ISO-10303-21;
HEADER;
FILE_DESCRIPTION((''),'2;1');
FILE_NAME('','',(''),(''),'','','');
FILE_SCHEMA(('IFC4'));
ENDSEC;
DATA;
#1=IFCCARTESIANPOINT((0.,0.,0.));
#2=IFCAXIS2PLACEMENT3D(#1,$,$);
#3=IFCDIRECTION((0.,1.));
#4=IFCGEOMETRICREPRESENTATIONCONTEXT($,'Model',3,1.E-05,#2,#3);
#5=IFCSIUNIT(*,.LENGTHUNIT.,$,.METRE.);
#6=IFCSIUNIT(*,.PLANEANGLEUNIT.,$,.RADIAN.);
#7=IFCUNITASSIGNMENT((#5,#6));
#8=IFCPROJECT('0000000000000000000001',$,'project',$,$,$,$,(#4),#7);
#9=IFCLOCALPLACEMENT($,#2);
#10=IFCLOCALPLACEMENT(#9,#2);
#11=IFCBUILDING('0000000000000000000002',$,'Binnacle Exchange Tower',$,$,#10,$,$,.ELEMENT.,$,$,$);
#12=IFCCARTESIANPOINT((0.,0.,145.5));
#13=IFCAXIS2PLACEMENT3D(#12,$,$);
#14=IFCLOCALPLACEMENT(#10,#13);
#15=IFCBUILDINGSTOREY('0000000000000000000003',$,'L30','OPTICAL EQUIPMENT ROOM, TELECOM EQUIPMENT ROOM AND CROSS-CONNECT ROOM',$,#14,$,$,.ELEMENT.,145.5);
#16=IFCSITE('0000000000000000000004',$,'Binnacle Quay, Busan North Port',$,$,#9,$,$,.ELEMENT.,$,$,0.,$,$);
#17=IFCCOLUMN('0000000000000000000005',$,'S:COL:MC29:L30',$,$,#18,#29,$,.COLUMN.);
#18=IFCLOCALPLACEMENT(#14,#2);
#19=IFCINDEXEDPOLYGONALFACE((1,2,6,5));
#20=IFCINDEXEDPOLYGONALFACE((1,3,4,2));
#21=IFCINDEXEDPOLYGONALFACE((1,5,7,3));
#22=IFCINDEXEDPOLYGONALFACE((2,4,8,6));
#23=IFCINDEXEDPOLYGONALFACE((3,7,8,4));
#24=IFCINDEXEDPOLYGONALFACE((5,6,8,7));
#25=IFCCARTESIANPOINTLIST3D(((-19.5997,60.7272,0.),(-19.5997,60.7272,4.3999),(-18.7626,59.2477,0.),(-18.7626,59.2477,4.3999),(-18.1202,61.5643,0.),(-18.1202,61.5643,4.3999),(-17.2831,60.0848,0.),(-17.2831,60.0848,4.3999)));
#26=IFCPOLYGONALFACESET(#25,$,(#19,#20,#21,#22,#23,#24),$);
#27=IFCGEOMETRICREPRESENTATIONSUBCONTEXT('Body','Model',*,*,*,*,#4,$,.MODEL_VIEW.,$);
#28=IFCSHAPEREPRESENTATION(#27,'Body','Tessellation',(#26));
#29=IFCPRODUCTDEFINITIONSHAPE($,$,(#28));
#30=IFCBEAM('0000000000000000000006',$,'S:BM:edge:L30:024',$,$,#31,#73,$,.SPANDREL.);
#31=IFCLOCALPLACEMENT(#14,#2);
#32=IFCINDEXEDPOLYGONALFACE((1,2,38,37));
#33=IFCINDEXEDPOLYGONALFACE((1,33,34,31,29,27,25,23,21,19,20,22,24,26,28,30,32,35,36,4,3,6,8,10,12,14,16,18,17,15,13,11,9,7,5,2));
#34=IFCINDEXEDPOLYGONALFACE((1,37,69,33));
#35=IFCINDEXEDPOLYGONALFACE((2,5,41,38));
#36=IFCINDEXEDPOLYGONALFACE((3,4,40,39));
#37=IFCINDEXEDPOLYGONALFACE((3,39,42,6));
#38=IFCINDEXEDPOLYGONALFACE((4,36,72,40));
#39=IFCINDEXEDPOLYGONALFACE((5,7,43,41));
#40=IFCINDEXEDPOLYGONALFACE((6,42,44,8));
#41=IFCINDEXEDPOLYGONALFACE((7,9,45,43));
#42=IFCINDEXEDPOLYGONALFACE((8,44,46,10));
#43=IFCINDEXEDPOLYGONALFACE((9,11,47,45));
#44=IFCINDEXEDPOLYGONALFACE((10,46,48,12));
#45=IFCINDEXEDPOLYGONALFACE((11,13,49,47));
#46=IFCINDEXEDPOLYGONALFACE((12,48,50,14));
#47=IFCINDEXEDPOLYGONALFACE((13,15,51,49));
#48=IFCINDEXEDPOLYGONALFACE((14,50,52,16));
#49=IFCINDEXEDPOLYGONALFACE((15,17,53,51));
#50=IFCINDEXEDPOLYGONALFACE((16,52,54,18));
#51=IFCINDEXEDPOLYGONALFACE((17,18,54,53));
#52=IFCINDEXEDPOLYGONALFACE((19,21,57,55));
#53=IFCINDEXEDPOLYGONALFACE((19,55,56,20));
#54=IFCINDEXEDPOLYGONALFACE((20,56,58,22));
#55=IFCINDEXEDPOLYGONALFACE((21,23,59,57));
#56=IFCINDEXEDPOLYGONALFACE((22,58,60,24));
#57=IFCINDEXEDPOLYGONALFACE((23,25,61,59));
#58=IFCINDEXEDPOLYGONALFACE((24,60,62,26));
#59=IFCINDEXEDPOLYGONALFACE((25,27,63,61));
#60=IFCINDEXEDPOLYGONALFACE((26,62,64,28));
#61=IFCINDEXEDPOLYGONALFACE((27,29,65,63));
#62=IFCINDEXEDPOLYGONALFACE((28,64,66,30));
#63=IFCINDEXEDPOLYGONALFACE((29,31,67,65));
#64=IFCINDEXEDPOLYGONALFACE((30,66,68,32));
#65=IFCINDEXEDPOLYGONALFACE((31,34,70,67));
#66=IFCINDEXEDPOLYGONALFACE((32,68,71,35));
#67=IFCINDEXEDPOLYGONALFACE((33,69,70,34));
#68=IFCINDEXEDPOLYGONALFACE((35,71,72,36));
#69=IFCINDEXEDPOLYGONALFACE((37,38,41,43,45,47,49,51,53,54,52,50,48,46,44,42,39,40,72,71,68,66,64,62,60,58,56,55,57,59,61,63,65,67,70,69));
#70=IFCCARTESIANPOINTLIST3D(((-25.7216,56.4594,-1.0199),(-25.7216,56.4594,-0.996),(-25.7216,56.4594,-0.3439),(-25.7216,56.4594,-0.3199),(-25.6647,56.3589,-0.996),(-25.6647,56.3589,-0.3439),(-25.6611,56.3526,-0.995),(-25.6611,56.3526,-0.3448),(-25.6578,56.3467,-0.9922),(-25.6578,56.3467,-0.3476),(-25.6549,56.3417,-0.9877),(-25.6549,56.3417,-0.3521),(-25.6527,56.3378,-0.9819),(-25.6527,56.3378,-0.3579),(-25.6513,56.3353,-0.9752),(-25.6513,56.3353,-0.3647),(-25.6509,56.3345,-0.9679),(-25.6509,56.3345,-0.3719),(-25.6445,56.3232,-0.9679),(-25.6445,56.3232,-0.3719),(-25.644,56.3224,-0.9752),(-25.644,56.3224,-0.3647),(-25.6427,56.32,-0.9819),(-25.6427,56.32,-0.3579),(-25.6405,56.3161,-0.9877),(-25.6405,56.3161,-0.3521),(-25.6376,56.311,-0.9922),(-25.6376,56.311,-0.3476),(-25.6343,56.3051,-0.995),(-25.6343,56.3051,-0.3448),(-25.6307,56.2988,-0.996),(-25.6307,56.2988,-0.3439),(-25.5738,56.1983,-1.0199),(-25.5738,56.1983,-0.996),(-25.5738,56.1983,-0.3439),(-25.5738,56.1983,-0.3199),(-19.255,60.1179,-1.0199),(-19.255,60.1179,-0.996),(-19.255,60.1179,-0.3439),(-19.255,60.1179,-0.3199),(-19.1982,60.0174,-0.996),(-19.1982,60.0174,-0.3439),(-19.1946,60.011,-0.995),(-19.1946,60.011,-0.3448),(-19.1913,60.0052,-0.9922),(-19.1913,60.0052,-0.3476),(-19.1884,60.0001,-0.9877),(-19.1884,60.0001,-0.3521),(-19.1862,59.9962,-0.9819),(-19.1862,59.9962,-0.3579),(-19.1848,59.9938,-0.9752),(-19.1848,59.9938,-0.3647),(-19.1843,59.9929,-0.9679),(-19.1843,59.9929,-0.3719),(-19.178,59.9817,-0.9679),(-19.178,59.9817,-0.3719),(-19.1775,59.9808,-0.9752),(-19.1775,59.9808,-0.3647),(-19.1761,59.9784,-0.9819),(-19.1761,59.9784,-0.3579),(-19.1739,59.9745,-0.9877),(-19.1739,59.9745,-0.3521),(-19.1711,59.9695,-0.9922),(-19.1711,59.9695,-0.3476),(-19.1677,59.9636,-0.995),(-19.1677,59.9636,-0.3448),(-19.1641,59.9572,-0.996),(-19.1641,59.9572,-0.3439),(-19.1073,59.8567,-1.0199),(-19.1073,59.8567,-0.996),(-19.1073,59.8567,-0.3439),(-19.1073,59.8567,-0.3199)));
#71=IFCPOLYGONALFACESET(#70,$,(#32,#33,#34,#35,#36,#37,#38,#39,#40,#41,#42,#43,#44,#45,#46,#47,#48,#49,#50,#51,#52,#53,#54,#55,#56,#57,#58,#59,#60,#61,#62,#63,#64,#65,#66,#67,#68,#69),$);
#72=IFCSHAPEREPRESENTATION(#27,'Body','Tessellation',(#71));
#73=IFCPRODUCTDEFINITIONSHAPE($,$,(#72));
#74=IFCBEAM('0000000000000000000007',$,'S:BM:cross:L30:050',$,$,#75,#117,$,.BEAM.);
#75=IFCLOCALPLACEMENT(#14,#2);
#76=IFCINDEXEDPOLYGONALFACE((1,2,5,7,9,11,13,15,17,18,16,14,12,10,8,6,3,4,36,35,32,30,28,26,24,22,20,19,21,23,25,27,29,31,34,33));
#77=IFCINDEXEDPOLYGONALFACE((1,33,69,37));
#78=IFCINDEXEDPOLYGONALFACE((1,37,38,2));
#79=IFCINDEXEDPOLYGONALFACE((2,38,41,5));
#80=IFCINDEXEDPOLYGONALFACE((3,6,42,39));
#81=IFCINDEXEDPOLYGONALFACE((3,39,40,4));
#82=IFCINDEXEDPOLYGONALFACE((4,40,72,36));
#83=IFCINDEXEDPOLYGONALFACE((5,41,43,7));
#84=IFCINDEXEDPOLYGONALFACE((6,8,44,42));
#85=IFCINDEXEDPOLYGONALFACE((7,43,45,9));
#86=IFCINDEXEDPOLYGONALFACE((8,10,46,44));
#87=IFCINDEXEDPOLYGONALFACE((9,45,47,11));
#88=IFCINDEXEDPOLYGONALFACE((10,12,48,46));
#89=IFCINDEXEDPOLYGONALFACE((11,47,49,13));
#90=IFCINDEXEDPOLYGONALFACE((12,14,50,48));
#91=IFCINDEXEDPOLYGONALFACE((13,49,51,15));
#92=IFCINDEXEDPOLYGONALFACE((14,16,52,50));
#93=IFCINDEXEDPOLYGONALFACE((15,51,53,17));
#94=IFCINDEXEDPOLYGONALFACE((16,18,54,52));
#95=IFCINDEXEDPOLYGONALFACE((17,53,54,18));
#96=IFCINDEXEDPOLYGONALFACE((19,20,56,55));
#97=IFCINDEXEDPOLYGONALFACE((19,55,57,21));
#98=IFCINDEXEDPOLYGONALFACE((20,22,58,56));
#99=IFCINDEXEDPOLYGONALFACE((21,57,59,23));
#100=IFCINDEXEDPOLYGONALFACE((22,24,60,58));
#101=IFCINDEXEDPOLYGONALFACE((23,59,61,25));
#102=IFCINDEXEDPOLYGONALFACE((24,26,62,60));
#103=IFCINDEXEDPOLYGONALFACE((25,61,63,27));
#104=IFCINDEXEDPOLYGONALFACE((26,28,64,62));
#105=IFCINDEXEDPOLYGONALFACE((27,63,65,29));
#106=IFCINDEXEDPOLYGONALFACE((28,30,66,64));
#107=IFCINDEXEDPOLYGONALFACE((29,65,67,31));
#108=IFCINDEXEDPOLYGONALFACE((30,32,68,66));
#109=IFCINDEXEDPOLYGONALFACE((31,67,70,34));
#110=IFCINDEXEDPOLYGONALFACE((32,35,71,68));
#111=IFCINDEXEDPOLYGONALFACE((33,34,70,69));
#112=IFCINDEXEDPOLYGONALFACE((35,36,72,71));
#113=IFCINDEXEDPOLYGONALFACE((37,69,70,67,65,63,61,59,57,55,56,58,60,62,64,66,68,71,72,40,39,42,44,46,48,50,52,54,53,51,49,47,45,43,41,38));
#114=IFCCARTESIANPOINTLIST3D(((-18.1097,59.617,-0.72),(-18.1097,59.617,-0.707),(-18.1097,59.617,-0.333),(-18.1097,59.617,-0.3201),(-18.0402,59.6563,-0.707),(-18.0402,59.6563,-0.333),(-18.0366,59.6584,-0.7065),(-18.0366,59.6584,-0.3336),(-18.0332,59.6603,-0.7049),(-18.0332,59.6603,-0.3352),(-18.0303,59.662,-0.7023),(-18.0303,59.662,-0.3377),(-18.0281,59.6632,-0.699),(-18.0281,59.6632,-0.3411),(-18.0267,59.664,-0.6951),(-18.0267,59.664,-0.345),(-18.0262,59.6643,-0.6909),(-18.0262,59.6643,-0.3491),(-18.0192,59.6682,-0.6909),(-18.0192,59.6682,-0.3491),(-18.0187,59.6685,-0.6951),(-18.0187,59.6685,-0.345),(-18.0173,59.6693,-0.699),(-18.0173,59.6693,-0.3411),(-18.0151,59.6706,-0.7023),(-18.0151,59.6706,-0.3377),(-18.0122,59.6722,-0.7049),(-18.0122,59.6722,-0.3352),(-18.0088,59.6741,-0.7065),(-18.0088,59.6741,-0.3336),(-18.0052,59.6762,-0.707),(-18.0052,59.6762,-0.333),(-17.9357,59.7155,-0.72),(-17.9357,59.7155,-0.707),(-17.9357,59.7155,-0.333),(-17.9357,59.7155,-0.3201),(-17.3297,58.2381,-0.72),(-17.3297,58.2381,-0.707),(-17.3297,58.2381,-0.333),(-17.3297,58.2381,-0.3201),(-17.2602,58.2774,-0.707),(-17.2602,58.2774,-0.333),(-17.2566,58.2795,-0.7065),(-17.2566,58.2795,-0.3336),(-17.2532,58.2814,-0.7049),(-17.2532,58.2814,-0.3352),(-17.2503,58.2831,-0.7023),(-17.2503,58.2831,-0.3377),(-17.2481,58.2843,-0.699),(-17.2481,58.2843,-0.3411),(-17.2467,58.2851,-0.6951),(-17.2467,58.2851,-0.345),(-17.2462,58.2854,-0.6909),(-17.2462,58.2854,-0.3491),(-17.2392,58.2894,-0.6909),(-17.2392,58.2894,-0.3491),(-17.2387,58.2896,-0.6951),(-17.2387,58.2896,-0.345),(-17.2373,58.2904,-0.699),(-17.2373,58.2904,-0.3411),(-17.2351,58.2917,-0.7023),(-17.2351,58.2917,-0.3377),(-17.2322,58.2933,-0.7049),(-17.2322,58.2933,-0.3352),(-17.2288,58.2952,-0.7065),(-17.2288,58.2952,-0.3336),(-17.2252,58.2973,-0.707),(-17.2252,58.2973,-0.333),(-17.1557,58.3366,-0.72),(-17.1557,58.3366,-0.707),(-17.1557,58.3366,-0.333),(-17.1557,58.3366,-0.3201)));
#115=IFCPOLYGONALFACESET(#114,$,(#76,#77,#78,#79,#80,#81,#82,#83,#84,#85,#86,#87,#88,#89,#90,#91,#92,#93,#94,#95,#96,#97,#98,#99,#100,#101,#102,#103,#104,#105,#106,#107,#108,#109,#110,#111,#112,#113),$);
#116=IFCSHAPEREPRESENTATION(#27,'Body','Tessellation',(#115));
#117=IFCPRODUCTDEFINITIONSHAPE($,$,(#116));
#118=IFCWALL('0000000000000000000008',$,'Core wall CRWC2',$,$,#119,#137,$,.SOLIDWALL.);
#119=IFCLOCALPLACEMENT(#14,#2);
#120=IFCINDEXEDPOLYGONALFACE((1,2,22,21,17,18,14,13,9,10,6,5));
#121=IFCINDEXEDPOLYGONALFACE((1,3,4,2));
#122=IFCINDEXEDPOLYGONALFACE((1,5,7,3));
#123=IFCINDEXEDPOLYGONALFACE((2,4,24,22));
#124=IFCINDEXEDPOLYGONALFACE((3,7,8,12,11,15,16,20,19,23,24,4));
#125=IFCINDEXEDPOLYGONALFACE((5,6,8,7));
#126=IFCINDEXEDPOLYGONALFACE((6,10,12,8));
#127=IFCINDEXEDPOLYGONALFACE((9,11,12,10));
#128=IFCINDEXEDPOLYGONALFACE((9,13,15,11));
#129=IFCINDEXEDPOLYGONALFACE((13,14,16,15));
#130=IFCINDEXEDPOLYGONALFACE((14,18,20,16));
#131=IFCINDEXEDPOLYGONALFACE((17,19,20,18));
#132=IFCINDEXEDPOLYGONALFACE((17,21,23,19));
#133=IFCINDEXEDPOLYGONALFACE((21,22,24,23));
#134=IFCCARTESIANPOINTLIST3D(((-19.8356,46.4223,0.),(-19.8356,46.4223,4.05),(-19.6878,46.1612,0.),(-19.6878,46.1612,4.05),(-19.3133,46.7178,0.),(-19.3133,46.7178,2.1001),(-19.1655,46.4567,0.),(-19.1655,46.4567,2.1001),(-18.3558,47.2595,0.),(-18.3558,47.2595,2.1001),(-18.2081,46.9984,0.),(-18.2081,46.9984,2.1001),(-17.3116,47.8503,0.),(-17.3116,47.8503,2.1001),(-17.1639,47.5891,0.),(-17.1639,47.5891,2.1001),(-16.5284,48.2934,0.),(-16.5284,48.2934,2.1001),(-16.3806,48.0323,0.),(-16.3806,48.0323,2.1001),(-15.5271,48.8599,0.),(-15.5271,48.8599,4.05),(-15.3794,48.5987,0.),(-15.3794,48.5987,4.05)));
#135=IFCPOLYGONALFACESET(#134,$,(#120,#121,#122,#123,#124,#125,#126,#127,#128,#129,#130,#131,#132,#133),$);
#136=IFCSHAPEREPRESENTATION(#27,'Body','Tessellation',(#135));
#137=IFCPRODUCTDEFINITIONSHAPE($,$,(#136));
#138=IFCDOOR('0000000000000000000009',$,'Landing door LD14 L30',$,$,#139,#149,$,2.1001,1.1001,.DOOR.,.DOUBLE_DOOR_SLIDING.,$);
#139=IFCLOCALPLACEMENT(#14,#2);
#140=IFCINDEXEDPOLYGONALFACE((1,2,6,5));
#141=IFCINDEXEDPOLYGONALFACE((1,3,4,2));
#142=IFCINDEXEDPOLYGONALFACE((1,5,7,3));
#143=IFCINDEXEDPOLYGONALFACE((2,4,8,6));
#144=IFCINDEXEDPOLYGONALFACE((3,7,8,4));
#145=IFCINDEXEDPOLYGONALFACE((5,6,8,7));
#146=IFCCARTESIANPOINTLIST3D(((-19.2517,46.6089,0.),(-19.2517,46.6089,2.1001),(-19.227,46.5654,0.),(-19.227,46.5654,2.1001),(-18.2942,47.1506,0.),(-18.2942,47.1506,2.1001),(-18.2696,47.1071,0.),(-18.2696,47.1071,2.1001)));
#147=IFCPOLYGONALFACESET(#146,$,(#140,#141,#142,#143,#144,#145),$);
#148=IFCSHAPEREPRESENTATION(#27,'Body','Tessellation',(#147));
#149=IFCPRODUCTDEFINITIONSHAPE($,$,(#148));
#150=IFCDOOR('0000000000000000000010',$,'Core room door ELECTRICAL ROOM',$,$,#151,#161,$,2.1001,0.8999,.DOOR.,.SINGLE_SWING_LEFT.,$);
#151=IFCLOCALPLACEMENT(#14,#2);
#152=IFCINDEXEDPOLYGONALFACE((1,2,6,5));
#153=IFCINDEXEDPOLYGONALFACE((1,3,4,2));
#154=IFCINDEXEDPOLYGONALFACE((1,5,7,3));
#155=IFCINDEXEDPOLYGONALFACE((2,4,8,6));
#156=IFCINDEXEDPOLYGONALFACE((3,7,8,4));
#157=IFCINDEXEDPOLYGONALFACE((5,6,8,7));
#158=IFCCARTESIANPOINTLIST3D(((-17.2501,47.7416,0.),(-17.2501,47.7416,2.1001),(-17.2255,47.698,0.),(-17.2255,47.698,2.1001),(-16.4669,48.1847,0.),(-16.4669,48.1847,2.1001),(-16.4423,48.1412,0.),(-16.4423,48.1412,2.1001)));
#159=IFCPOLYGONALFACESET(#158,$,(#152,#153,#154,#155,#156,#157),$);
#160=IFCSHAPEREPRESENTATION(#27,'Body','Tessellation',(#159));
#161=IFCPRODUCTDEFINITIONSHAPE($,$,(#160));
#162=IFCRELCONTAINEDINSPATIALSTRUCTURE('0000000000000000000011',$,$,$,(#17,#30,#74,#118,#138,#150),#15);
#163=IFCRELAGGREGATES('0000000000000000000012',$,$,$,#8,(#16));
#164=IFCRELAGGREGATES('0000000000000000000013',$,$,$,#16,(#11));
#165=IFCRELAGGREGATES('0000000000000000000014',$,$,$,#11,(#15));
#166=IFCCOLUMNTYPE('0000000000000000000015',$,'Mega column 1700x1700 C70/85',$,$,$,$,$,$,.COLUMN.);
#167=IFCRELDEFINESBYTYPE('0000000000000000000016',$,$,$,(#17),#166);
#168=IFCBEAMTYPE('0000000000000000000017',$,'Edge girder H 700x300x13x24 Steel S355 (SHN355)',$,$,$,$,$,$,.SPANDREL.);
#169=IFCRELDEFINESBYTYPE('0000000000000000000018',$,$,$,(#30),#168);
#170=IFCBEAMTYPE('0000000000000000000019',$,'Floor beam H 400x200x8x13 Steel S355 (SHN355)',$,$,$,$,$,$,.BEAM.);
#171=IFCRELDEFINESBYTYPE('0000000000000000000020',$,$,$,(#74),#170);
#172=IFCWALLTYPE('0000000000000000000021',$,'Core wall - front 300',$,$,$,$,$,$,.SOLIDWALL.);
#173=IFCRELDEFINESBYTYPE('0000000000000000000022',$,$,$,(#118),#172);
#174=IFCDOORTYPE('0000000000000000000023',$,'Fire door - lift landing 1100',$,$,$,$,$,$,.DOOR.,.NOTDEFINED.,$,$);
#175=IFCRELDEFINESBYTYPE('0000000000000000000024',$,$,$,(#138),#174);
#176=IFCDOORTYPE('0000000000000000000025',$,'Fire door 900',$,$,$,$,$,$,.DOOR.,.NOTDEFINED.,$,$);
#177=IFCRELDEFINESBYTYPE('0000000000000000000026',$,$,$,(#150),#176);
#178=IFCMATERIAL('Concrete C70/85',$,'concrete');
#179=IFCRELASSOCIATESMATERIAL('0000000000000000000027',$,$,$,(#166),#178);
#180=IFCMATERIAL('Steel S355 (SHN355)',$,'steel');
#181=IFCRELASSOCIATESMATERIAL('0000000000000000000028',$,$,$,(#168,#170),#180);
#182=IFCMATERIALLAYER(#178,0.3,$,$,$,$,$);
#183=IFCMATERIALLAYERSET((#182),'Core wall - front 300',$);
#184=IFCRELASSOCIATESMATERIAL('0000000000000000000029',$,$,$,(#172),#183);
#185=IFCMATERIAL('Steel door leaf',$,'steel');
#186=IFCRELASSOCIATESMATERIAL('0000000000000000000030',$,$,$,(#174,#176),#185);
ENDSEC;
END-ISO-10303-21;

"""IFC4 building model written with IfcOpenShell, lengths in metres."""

from ifc_helpers import new_model, si_unit, direction, frame, frame_2d, origin, origin_2d, place, context, subcontext, project, spatial, rectangle, i_section, extrude, material, layer, layer_set, material_profile, profile_set, type_object, element, fill, save


model = new_model("IFC4")

# Units and contexts
model_context = context("Model", 3, precision=1e-05, world=origin(), true_north=direction((0.0, 1.0)))
body_context = subcontext(model_context, "Body", "Model", "MODEL_VIEW")
ifc_project = project(units=[si_unit("LENGTHUNIT", "METRE"), si_unit("PLANEANGLEUNIT", "RADIAN")], contexts=[model_context])

# Site, building, storey
site_placement = place(None, origin())
site = spatial("IfcSite", under=ifc_project, at=site_placement, Name="Binnacle Quay, Busan North Port", CompositionType="ELEMENT", RefElevation=0.0)
building_placement = place(site_placement, origin())
building = spatial("IfcBuilding", under=site, at=building_placement, Name="Binnacle Exchange Tower", CompositionType="ELEMENT")
storey_placement = place(building_placement, frame((0.0, 0.0, 145.5)))
storey = spatial("IfcBuildingStorey", under=building, at=storey_placement, Name="L30", Description="OPTICAL EQUIPMENT ROOM, TELECOM EQUIPMENT ROOM AND CROSS-CONNECT ROOM", CompositionType="ELEMENT", Elevation=145.5)

# Column
ifc_material_1 = material(Name="Concrete C70/85", Category="concrete")
ifc_material_profile_1 = material_profile(ifc_material_1, rectangle(XDim=1.7, YDim=1.7, at=origin_2d()), Name="Mega column 1700x1700 C70/85")
ifc_profile_set_1 = profile_set([ifc_material_profile_1], Name="Concrete C70/85")
column_type = type_object("IfcColumnType", Name="Mega column 1700x1700 C70/85", PredefinedType="COLUMN", material=ifc_profile_set_1)
column_placement = place(storey_placement, frame((-18.4414, 60.406, 0.0), z_axis=(0.0, 0.0, 1.0), x_axis=(-0.870356, -0.492424, 0.0)))
element("IfcColumn", 1, at=column_placement, inside=storey, type_object=column_type, Name="S:COL:MC29:L30", PredefinedType="COLUMN", context=body_context, shape_type="SweptSolid", body=[
    extrude(rectangle(XDim=1.7, YDim=1.7, at=origin_2d()), origin(), (0.0, 0.0, 1.0), 4.3999),
])

# Beams
ifc_material_2 = material(Name="Steel S355 (SHN355)", Category="steel")
ifc_material_profile_2 = material_profile(ifc_material_2, i_section(OverallWidth=0.3, OverallDepth=0.7, WebThickness=0.0129, FlangeThickness=0.0239, FilletRadius=0.0281, at=origin_2d()), Name="H 700x300x13x24")
ifc_profile_set_2 = profile_set([ifc_material_profile_2], Name="Steel S355 (SHN355)")
beam_type_1 = type_object("IfcBeamType", Name="Edge girder H 700x300x13x24 Steel S355 (SHN355)", PredefinedType="SPANDREL", material=ifc_profile_set_2)
beam_1_placement = place(storey_placement, frame((-19.1812, 59.9873, -0.6699), z_axis=(-0.870364, -0.492408, 0.0), x_axis=(0.492408, -0.870364, 0.0)))
element("IfcBeam", 2, at=beam_1_placement, inside=storey, type_object=beam_type_1, Name="S:BM:edge:L30:024", PredefinedType="SPANDREL", context=body_context, shape_type="SweptSolid", body=[
    extrude(i_section(OverallWidth=0.3, OverallDepth=0.7, WebThickness=0.0129, FlangeThickness=0.0239, FilletRadius=0.0281, at=origin_2d()), origin(), (0.0, 0.0, 1.0), 7.4297),
])
ifc_material_profile_3 = material_profile(ifc_material_2, i_section(OverallWidth=0.2, OverallDepth=0.3999, WebThickness=0.0081, FlangeThickness=0.0129, FilletRadius=0.0161, at=origin_2d()), Name="H 400x200x8x13")
ifc_profile_set_3 = profile_set([ifc_material_profile_3], Name="Steel S355 (SHN355)")
beam_type_2 = type_object("IfcBeamType", Name="Floor beam H 400x200x8x13 Steel S355 (SHN355)", PredefinedType="BEAM", material=ifc_profile_set_3)
beam_2_placement = place(storey_placement, frame((-18.0227, 59.6663, -0.52), z_axis=(0.492367, -0.870388, 0.0), x_axis=(0.870388, 0.492367, 0.0)))
element("IfcBeam", 3, at=beam_2_placement, inside=storey, type_object=beam_type_2, Name="S:BM:cross:L30:050", PredefinedType="BEAM", context=body_context, shape_type="SweptSolid", body=[
    extrude(i_section(OverallWidth=0.2, OverallDepth=0.3999, WebThickness=0.0081, FlangeThickness=0.0129, FilletRadius=0.0161, at=origin_2d()), origin(), (0.0, 0.0, 1.0), 1.5842),
])

# Wall, openings, doors
ifc_layer_1 = layer(ifc_material_1, 0.3)
ifc_layer_set_1 = layer_set([ifc_layer_1], Name="Core wall - front 300")
wall_type_1 = type_object("IfcWallType", Name="Core wall - front 300", PredefinedType="SOLIDWALL", material=ifc_layer_set_1)
wall_1_placement = place(storey_placement, frame((-19.7617, 46.2917, 0.0), z_axis=(0.0, 0.0, 1.0), x_axis=(0.87036, 0.492416, 0.0)))
wall_1 = element("IfcWall", 4, at=wall_1_placement, inside=storey, type_object=wall_type_1, Name="Core wall CRWC2", PredefinedType="SOLIDWALL", context=body_context, shape_type="SweptSolid", body=[
    extrude(rectangle(XDim=4.9502, YDim=0.3, at=frame_2d((2.4751, 0.0))), origin(), (0.0, 0.0, 1.0), 4.05),
])
opening_1_placement = place(wall_1_placement, frame((0.6001, 0.0, 0.0)))
opening_1 = element("IfcOpeningElement", 5, at=opening_1_placement, cuts=wall_1, PredefinedType="OPENING", context=body_context, shape_type="SweptSolid", body=[
    extrude(rectangle(XDim=1.1001, YDim=2.1001, at=frame_2d((0.55, 1.05))), frame((0.0, 0.1599, 0.0), z_axis=(0.0, -1.0, 0.0), x_axis=(1.0, 0.0, 0.0)), (0.0, 0.0, 1.0), 0.3201),
])
opening_2_placement = place(wall_1_placement, frame((2.8999, 0.0, 0.0)))
opening_2 = element("IfcOpeningElement", 6, at=opening_2_placement, cuts=wall_1, PredefinedType="OPENING", context=body_context, shape_type="SweptSolid", body=[
    extrude(rectangle(XDim=0.8999, YDim=2.1001, at=frame_2d((0.45, 1.05))), frame((0.0, 0.1599, 0.0), z_axis=(0.0, -1.0, 0.0), x_axis=(1.0, 0.0, 0.0)), (0.0, 0.0, 1.0), 0.3201),
])
ifc_material_3 = material(Name="Steel door leaf", Category="steel")
door_type_1 = type_object("IfcDoorType", Name="Fire door - lift landing 1100", OperationType="NOTDEFINED", PredefinedType="DOOR", material=ifc_material_3)
door_1_placement = place(opening_1_placement, origin())
door_1 = element("IfcDoor", 7, at=door_1_placement, inside=storey, type_object=door_type_1, Name="Landing door LD14 L30", OperationType="DOUBLE_DOOR_SLIDING", OverallHeight=2.1001, OverallWidth=1.1001, PredefinedType="DOOR", context=body_context, shape_type="SweptSolid", body=[
    extrude(rectangle(XDim=1.1001, YDim=2.1001, at=frame_2d((0.55, 1.05))), frame((0.0, 0.0249, 0.0), z_axis=(0.0, -1.0, 0.0), x_axis=(1.0, 0.0, 0.0)), (0.0, 0.0, 1.0), 0.05),
])
fill(opening_1, door_1)
door_type_2 = type_object("IfcDoorType", Name="Fire door 900", OperationType="NOTDEFINED", PredefinedType="DOOR", material=ifc_material_3)
door_2_placement = place(opening_2_placement, frame((0.8999, 0.0, 0.0), z_axis=(0.0, 0.0, 1.0), x_axis=(-1.0, 0.0, 0.0)))
door_2 = element("IfcDoor", 8, at=door_2_placement, inside=storey, type_object=door_type_2, Name="Core room door ELECTRICAL ROOM", OperationType="SINGLE_SWING_LEFT", OverallHeight=2.1001, OverallWidth=0.8999, PredefinedType="DOOR", context=body_context, shape_type="SweptSolid", body=[
    extrude(rectangle(XDim=0.8999, YDim=2.1001, at=frame_2d((0.45, 1.05))), frame((0.0, 0.0249, 0.0), z_axis=(0.0, -1.0, 0.0), x_axis=(1.0, 0.0, 0.0)), (0.0, 0.0, 1.0), 0.05),
])
fill(opening_2, door_2)

save(model, "model.ifc")
